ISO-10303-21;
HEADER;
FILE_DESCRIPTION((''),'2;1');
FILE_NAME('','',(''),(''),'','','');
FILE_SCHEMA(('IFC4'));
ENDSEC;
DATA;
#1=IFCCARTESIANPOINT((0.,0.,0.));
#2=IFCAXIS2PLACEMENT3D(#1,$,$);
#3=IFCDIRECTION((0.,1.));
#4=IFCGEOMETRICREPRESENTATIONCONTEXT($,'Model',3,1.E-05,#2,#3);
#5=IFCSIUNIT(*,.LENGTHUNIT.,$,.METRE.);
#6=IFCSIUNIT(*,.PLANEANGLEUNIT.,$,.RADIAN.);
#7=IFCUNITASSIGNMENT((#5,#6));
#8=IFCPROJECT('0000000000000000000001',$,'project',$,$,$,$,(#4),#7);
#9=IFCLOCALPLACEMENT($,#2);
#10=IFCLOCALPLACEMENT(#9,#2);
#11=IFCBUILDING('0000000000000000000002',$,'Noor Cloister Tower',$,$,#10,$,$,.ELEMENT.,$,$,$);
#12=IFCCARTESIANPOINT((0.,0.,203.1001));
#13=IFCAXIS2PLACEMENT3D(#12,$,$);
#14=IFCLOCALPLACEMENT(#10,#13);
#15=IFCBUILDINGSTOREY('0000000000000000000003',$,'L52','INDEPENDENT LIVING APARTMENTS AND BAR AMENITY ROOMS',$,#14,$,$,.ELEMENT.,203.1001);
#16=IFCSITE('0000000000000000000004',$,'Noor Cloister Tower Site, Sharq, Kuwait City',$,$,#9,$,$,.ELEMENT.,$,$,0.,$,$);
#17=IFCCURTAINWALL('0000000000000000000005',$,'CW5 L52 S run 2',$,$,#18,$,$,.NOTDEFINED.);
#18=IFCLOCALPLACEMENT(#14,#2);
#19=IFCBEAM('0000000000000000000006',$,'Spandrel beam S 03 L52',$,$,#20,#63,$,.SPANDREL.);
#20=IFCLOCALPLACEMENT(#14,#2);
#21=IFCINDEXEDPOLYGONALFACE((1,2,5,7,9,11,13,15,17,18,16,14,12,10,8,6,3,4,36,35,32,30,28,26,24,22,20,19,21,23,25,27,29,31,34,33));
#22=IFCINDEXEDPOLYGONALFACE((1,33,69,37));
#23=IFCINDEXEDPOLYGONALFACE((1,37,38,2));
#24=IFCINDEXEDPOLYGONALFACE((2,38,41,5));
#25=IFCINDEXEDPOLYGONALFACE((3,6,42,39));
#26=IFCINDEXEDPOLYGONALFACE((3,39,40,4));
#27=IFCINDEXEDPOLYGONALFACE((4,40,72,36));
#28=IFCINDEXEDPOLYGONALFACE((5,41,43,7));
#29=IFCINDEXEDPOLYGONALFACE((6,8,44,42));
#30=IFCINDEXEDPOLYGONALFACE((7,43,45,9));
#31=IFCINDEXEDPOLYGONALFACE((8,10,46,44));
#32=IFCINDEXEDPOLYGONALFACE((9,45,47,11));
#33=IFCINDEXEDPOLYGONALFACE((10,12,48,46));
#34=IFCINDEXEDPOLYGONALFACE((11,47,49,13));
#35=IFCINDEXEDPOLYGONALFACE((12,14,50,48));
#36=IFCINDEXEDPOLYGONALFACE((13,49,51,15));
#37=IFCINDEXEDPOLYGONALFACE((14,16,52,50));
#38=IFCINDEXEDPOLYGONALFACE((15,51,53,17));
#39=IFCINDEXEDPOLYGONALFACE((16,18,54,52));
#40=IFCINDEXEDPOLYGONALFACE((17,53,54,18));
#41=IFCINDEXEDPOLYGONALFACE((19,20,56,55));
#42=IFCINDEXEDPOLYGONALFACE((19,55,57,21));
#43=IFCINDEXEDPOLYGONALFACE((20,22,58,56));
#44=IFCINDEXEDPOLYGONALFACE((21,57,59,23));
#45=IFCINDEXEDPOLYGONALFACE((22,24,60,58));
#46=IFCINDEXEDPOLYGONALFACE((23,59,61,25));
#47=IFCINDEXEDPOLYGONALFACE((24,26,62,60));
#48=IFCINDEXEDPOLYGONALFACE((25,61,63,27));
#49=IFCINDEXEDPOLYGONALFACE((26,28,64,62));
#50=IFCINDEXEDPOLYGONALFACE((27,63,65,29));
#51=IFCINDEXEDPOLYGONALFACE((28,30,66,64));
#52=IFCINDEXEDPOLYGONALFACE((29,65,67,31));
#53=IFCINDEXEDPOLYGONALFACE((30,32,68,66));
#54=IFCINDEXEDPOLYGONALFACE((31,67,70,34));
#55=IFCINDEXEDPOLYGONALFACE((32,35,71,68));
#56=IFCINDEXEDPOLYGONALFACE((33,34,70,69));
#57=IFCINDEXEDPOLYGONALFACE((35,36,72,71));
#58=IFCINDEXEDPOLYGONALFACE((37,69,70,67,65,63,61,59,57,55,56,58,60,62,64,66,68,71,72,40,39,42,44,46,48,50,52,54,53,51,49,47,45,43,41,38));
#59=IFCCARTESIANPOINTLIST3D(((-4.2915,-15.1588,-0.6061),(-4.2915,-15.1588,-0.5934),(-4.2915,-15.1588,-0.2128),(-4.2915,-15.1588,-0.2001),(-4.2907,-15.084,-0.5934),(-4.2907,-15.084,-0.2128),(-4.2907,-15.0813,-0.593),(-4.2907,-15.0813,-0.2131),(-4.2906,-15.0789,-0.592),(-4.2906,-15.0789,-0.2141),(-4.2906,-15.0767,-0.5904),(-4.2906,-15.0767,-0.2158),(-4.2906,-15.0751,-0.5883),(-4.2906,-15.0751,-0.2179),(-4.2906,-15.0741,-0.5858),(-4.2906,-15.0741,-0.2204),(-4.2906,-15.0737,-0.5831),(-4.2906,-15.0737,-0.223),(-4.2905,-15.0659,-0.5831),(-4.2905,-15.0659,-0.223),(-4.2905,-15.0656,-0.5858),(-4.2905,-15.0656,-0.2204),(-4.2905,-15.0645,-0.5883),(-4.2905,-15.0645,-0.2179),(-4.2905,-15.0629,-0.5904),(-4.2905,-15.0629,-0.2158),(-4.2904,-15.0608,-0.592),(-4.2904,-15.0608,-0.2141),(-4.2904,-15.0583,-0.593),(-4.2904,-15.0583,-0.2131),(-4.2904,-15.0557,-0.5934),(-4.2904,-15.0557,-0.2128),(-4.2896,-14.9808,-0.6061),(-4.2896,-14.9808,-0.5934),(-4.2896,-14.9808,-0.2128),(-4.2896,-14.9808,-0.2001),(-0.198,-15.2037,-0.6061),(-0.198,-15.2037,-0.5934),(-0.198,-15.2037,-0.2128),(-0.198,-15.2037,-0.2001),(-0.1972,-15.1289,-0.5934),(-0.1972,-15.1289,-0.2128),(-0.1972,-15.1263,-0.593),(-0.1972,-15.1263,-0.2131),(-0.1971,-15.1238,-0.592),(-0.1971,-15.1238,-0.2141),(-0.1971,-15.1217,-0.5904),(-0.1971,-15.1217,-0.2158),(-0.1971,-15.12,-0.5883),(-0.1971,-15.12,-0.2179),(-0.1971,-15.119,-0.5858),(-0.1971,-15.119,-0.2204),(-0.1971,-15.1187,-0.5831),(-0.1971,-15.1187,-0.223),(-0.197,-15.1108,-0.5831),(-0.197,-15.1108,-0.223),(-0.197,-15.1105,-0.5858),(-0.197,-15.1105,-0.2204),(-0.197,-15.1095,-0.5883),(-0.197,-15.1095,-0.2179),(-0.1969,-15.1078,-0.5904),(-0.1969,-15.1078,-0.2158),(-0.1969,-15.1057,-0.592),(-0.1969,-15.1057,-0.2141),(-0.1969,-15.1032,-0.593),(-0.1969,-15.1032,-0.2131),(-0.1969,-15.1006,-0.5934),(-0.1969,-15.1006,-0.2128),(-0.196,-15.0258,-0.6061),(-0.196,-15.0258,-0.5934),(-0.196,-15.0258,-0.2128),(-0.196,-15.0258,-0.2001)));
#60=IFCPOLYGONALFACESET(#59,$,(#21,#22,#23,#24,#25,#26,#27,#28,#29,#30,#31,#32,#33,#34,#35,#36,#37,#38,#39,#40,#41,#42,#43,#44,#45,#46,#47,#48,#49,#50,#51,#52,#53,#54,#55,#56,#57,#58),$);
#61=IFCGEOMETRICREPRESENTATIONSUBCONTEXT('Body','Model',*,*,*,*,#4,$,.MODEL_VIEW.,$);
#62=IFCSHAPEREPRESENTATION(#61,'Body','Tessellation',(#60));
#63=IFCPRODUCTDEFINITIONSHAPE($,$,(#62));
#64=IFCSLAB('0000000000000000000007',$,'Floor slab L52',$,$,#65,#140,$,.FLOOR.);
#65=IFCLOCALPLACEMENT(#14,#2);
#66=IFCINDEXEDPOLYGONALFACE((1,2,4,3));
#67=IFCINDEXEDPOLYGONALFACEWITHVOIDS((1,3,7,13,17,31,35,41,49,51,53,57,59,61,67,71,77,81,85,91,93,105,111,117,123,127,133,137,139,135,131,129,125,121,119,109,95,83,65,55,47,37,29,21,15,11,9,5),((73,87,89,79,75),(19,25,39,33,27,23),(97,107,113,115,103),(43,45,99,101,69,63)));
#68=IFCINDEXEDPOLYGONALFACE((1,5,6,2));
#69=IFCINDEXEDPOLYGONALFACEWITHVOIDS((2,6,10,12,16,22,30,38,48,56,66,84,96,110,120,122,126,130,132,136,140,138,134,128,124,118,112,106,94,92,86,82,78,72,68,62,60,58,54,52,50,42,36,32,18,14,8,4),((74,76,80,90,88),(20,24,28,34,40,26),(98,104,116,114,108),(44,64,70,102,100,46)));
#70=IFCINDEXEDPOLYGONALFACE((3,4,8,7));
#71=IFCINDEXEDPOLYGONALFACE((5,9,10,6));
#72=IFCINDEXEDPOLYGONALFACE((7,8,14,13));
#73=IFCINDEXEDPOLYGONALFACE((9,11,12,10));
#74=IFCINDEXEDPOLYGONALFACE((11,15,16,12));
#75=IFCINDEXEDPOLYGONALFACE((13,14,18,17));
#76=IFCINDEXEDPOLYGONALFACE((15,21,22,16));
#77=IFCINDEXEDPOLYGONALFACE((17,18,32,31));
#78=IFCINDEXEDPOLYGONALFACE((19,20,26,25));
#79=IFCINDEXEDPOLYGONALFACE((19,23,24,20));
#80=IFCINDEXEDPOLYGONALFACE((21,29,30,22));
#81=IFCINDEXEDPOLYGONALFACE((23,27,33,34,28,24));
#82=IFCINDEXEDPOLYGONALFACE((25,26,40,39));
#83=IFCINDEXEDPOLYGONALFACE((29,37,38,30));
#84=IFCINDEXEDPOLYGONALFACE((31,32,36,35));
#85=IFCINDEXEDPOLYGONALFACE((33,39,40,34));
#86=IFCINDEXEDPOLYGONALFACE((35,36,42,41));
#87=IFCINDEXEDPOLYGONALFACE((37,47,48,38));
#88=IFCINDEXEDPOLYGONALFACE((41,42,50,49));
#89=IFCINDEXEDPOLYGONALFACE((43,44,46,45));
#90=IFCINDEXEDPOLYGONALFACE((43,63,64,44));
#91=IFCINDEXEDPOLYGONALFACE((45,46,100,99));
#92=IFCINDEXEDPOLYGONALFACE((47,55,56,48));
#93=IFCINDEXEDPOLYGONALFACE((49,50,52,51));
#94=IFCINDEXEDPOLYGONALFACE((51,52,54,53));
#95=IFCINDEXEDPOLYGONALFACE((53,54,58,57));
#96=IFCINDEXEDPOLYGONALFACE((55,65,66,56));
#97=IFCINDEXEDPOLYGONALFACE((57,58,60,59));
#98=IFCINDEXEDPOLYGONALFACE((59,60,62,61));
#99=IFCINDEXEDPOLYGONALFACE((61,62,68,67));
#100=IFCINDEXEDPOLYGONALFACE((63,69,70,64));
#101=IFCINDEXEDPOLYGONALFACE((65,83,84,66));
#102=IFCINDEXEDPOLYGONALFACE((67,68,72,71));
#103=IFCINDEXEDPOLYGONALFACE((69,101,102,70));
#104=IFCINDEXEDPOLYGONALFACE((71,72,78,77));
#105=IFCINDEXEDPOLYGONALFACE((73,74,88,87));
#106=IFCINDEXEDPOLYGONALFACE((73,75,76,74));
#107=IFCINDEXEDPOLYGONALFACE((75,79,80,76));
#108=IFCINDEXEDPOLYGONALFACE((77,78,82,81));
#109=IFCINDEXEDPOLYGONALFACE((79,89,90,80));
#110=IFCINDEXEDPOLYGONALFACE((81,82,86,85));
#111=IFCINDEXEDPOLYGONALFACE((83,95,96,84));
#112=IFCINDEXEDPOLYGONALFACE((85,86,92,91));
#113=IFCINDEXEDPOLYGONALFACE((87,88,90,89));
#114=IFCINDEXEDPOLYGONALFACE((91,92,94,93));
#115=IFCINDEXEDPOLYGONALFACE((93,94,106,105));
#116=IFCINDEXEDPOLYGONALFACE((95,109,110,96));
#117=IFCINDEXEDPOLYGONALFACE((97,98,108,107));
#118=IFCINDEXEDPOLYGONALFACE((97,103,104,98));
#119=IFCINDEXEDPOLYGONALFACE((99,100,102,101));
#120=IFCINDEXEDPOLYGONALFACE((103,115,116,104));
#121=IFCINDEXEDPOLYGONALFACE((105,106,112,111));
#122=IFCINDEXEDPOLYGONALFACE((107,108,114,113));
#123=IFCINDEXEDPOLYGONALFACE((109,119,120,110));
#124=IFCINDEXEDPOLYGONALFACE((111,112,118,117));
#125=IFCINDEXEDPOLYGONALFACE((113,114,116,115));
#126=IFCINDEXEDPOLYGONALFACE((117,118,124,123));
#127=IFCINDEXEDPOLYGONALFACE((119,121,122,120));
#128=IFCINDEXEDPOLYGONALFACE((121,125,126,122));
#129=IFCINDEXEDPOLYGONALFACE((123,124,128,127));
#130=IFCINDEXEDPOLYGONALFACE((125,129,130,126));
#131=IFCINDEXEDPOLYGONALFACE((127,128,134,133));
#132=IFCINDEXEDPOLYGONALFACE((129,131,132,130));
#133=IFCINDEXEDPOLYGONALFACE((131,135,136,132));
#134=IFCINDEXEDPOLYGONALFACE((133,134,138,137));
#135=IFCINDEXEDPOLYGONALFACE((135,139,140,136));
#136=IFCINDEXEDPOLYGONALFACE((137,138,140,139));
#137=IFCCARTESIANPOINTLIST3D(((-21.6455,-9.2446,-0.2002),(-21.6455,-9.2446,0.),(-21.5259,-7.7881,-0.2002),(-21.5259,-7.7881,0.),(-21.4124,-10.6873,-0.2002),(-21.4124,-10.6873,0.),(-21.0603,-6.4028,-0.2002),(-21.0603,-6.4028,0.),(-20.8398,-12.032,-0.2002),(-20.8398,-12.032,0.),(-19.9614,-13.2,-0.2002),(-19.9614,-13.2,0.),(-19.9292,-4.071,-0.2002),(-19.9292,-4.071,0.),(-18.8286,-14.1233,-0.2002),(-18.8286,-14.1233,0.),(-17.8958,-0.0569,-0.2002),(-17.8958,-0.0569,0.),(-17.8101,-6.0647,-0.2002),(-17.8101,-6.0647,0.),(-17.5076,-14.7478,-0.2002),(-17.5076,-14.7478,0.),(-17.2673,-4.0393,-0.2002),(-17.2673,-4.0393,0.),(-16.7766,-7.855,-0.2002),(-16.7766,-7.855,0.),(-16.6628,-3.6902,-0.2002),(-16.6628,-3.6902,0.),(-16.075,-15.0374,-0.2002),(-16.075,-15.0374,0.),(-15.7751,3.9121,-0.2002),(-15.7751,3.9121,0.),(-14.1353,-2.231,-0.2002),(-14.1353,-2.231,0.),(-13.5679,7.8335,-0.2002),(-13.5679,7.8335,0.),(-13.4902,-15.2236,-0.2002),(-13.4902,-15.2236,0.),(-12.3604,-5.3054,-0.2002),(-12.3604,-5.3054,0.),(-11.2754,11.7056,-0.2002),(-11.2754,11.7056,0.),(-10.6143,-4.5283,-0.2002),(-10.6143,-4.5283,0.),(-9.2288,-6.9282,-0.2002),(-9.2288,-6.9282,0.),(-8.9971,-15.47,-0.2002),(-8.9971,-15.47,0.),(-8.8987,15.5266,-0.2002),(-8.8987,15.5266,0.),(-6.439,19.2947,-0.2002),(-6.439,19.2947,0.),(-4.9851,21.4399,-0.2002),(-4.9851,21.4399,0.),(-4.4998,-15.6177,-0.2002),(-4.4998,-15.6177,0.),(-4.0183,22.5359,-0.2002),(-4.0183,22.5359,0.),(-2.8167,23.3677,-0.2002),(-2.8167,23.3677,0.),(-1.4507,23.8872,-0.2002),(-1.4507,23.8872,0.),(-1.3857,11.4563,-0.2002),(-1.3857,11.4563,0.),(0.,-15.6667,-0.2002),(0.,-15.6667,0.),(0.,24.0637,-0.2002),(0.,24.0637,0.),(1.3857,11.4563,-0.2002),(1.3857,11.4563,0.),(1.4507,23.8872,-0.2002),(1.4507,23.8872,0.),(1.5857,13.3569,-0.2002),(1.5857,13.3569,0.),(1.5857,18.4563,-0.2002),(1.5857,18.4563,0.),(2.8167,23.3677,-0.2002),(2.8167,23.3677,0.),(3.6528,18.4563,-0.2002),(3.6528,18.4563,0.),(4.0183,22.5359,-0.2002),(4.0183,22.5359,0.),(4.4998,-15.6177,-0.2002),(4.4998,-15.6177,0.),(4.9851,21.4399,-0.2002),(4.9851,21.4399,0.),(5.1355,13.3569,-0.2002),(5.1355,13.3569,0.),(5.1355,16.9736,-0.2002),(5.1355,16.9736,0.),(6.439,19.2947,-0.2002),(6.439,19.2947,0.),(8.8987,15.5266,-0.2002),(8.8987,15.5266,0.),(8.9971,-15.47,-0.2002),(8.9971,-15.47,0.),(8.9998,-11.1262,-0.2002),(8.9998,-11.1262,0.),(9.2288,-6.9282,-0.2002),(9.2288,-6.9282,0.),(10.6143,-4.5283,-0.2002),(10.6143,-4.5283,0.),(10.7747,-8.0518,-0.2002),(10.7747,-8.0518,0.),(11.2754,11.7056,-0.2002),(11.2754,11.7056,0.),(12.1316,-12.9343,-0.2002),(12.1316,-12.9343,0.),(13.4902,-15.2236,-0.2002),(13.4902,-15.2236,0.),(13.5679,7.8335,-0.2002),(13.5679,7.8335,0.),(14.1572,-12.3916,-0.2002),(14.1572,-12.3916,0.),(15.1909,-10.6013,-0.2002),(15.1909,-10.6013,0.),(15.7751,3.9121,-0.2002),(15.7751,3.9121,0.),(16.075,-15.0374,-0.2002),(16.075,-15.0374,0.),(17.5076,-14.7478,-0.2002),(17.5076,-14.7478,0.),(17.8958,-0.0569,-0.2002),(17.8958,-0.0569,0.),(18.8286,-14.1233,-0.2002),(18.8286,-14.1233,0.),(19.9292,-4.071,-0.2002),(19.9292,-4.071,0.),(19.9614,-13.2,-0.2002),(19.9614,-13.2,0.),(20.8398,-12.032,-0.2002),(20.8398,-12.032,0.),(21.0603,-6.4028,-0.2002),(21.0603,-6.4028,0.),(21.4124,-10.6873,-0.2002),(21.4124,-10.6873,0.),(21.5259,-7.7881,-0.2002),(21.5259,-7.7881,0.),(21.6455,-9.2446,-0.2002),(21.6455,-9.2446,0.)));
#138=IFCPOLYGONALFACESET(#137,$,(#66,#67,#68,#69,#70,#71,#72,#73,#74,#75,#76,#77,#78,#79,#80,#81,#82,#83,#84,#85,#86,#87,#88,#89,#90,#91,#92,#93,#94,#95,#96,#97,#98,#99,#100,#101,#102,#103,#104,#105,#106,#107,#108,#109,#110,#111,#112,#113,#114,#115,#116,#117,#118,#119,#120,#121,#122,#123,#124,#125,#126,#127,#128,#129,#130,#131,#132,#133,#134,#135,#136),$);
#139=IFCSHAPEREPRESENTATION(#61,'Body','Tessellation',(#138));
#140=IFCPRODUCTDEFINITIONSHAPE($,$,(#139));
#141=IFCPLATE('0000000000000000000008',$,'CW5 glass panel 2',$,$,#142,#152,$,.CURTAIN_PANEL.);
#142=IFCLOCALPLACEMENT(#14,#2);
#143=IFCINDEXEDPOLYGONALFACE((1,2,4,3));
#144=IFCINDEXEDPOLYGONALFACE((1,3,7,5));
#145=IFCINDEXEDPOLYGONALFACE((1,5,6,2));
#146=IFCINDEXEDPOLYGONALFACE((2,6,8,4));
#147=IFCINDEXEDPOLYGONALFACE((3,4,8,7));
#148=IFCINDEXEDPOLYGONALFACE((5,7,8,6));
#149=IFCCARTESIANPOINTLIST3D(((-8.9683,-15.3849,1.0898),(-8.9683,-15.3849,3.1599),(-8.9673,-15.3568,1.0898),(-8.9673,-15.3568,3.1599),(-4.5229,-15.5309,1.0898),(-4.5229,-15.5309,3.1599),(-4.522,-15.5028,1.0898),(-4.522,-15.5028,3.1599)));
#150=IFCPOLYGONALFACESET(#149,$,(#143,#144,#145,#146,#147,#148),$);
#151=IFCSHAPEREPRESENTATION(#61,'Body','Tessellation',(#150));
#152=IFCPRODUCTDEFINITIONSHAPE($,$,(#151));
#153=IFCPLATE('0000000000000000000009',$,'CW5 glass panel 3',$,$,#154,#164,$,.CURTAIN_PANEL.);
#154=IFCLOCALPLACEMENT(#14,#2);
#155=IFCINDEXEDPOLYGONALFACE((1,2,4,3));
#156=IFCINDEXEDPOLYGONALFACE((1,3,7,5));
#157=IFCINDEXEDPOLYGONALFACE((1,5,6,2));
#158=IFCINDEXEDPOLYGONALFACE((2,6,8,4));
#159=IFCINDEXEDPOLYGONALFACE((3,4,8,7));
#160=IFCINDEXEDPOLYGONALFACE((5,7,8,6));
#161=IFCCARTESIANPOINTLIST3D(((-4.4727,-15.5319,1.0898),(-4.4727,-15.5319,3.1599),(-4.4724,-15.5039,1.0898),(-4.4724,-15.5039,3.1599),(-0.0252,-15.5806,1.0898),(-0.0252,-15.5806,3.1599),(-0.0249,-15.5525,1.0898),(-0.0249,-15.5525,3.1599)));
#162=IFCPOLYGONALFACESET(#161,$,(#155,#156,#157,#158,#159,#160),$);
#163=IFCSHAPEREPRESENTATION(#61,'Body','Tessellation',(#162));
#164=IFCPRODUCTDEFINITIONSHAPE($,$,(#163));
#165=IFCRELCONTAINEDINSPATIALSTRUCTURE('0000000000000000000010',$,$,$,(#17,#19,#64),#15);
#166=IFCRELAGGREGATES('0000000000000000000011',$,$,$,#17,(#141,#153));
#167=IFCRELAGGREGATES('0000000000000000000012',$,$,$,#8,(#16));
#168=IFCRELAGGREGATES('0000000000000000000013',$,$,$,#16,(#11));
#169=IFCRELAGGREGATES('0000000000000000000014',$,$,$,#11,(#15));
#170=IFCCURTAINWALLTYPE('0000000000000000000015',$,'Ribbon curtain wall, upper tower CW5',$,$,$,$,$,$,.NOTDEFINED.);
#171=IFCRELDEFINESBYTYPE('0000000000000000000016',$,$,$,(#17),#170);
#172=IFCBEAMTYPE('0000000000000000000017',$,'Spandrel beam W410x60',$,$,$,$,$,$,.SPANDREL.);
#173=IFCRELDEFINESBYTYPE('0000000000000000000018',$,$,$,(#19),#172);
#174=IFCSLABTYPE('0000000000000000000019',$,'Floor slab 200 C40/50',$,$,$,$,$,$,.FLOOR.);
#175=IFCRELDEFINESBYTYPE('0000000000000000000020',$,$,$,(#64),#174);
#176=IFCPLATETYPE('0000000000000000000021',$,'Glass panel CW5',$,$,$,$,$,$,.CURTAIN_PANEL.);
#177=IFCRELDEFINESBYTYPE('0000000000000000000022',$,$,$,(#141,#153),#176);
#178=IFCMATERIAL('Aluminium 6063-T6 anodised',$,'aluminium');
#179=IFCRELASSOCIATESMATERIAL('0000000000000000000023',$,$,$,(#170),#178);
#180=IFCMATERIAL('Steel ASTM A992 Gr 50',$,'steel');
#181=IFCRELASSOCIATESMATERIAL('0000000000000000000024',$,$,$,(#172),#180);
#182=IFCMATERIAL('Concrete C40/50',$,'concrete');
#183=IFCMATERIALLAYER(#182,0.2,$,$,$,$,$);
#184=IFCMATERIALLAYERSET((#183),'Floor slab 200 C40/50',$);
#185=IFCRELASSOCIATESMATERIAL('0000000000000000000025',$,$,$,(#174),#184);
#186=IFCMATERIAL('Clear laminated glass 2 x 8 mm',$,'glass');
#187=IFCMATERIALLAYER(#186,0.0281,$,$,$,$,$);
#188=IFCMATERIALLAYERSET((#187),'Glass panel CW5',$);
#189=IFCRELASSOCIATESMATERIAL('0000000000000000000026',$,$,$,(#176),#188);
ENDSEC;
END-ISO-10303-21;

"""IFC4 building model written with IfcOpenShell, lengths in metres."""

from ifc_helpers import new_model, si_unit, direction, frame, origin, origin_2d, place, context, subcontext, project, spatial, polyline, rectangle, i_section, outline, extrude, material, layer, layer_set, material_profile, profile_set, type_object, element, aggregate, save


model = new_model("IFC4")

# Units and contexts
model_context = context("Model", 3, precision=1e-05, world=origin(), true_north=direction((0.0, 1.0)))
body_context = subcontext(model_context, "Body", "Model", "MODEL_VIEW")
ifc_project = project(units=[si_unit("LENGTHUNIT", "METRE"), si_unit("PLANEANGLEUNIT", "RADIAN")], contexts=[model_context])

# Site, building, storey
site_placement = place(None, origin())
site = spatial("IfcSite", under=ifc_project, at=site_placement, Name="Noor Cloister Tower Site, Sharq, Kuwait City", CompositionType="ELEMENT", RefElevation=0.0)
building_placement = place(site_placement, origin())
building = spatial("IfcBuilding", under=site, at=building_placement, Name="Noor Cloister Tower", CompositionType="ELEMENT")
storey_placement = place(building_placement, frame((0.0, 0.0, 203.1001)))
storey = spatial("IfcBuildingStorey", under=building, at=storey_placement, Name="L52", Description="INDEPENDENT LIVING APARTMENTS AND BAR AMENITY ROOMS", CompositionType="ELEMENT", Elevation=203.1001)

# Curtain wall
ifc_material_1 = material(Name="Aluminium 6063-T6 anodised", Category="aluminium")
curtain_wall_type = type_object("IfcCurtainWallType", Name="Ribbon curtain wall, upper tower CW5", PredefinedType="NOTDEFINED", material=ifc_material_1)
curtain_wall_placement = place(storey_placement, origin())
curtain_wall = element("IfcCurtainWall", 1, at=curtain_wall_placement, inside=storey, type_object=curtain_wall_type, Name="CW5 L52 S run 2", PredefinedType="NOTDEFINED")

# Beam
ifc_material_2 = material(Name="Steel ASTM A992 Gr 50", Category="steel")
ifc_material_profile_1 = material_profile(ifc_material_2, i_section(OverallWidth=0.178, OverallDepth=0.406, WebThickness=0.0078, FlangeThickness=0.0127, FilletRadius=0.0103, at=origin_2d()), Name="W410x60")
ifc_profile_set_1 = profile_set([ifc_material_profile_1], Name="Steel ASTM A992 Gr 50")
beam_type_1 = type_object("IfcBeamType", Name="Spandrel beam W410x60", PredefinedType="SPANDREL", material=ifc_profile_set_1)
for number, where, z_axis, x_axis, name in (
    (2, (-4.2905, -15.0698, -0.4031), (0.99994, -0.010973, 0.0), (0.010973, 0.99994, 0.0), "Spandrel beam S 03 L52"),
):
    element("IfcBeam", number, at=place(storey_placement, frame(where, z_axis=z_axis, x_axis=x_axis)), inside=storey, type_object=beam_type_1, Name=name, PredefinedType="SPANDREL", context=body_context, shape_type="SweptSolid", body=[
        extrude(i_section(OverallWidth=0.178, OverallDepth=0.406, WebThickness=0.0078, FlangeThickness=0.0127, FilletRadius=0.0103, at=origin_2d()), origin(), (0.0, 0.0, 1.0), 4.0938),
    ])

# Slab
ifc_material_3 = material(Name="Concrete C40/50", Category="concrete")
ifc_layer_1 = layer(ifc_material_3, 0.2)
ifc_layer_set_1 = layer_set([ifc_layer_1], Name="Floor slab 200 C40/50")
slab_type_1 = type_object("IfcSlabType", Name="Floor slab 200 C40/50", PredefinedType="FLOOR", material=ifc_layer_set_1)
slab_1_placement = place(storey_placement, frame((0.0, 0.0, -0.2002)))
element("IfcSlab", 3, at=slab_1_placement, inside=storey, type_object=slab_type_1, Name="Floor slab L52", PredefinedType="FLOOR", context=body_context, shape_type="SweptSolid", body=[
    extrude(outline(polyline([(4.9851, 21.4399), (4.0183, 22.5359), (2.8167, 23.3677), (1.4507, 23.8872), (0.0, 24.0637), (-1.4507, 23.8872), (-2.8167, 23.3677), (-4.0183, 22.5359), (-4.9851, 21.4399), (-6.439, 19.2947), (-8.8987, 15.5266), (-11.2754, 11.7056), (-13.5679, 7.8335), (-15.7751, 3.9121), (-17.8958, -0.0569), (-19.9292, -4.071), (-21.0603, -6.4028), (-21.5259, -7.7881), (-21.6455, -9.2446), (-21.4124, -10.6873), (-20.8398, -12.032), (-19.9614, -13.2), (-18.8286, -14.1233), (-17.5076, -14.7478), (-16.075, -15.0374), (-13.4902, -15.2236), (-8.9971, -15.47), (-4.4998, -15.6177), (0.0, -15.6667), (4.4998, -15.6177), (8.9971, -15.47), (13.4902, -15.2236), (16.075, -15.0374), (17.5076, -14.7478), (18.8286, -14.1233), (19.9614, -13.2), (20.8398, -12.032), (21.4124, -10.6873), (21.6455, -9.2446), (21.5259, -7.7881), (21.0603, -6.4028), (19.9292, -4.071), (17.8958, -0.0569), (15.7751, 3.9121), (13.5679, 7.8335), (11.2754, 11.7056), (8.8987, 15.5266), (6.439, 19.2947), (4.9851, 21.4399)]), holes=[polyline([(8.9998, -11.1262), (12.1316, -12.9343), (14.1572, -12.3916), (15.1909, -10.6013), (10.7747, -8.0518), (8.9998, -11.1262)]), polyline([(-17.8101, -6.0647), (-16.7766, -7.855), (-12.3604, -5.3054), (-14.1353, -2.231), (-16.6628, -3.6902), (-17.2673, -4.0393), (-17.8101, -6.0647)]), polyline([(-10.6143, -4.5283), (-9.2288, -6.9282), (9.2288, -6.9282), (10.6143, -4.5283), (1.3857, 11.4563), (-1.3857, 11.4563), (-10.6143, -4.5283)]), polyline([(3.6528, 18.4563), (1.5857, 18.4563), (1.5857, 13.3569), (5.1355, 13.3569), (5.1355, 16.9736), (3.6528, 18.4563)])]), origin(), (0.0, 0.0, 1.0), 0.2002),
])

# Plates
ifc_material_4 = material(Name="Clear laminated glass 2 x 8 mm", Category="glass")
ifc_layer_2 = layer(ifc_material_4, 0.0281)
ifc_layer_set_2 = layer_set([ifc_layer_2], Name="Glass panel CW5")
plate_type = type_object("IfcPlateType", Name="Glass panel CW5", PredefinedType="CURTAIN_PANEL", material=ifc_layer_set_2)
plate_1_placement = place(storey_placement, frame((-6.7451, -15.4438, 1.0898), z_axis=(0.0, 0.0, 1.0), x_axis=(0.999461, -0.032831, 0.0)))
plate_1 = element("IfcPlate", 4, at=plate_1_placement, type_object=plate_type, Name="CW5 glass panel 2", PredefinedType="CURTAIN_PANEL", context=body_context, shape_type="SweptSolid", body=[
    extrude(rectangle(XDim=4.4478, YDim=0.0281, at=origin_2d()), origin(), (0.0, 0.0, 1.0), 2.0701),
])
plate_2_placement = place(storey_placement, frame((-2.2488, -15.5422, 1.0898), z_axis=(0.0, 0.0, 1.0), x_axis=(0.99994, -0.010946, 0.0)))
plate_2 = element("IfcPlate", 5, at=plate_2_placement, type_object=plate_type, Name="CW5 glass panel 3", PredefinedType="CURTAIN_PANEL", context=body_context, shape_type="SweptSolid", body=[
    extrude(rectangle(XDim=4.4478, YDim=0.0281, at=origin_2d()), origin(), (0.0, 0.0, 1.0), 2.0701),
])
aggregate(curtain_wall, [plate_1, plate_2])

save(model, "model.ifc")
